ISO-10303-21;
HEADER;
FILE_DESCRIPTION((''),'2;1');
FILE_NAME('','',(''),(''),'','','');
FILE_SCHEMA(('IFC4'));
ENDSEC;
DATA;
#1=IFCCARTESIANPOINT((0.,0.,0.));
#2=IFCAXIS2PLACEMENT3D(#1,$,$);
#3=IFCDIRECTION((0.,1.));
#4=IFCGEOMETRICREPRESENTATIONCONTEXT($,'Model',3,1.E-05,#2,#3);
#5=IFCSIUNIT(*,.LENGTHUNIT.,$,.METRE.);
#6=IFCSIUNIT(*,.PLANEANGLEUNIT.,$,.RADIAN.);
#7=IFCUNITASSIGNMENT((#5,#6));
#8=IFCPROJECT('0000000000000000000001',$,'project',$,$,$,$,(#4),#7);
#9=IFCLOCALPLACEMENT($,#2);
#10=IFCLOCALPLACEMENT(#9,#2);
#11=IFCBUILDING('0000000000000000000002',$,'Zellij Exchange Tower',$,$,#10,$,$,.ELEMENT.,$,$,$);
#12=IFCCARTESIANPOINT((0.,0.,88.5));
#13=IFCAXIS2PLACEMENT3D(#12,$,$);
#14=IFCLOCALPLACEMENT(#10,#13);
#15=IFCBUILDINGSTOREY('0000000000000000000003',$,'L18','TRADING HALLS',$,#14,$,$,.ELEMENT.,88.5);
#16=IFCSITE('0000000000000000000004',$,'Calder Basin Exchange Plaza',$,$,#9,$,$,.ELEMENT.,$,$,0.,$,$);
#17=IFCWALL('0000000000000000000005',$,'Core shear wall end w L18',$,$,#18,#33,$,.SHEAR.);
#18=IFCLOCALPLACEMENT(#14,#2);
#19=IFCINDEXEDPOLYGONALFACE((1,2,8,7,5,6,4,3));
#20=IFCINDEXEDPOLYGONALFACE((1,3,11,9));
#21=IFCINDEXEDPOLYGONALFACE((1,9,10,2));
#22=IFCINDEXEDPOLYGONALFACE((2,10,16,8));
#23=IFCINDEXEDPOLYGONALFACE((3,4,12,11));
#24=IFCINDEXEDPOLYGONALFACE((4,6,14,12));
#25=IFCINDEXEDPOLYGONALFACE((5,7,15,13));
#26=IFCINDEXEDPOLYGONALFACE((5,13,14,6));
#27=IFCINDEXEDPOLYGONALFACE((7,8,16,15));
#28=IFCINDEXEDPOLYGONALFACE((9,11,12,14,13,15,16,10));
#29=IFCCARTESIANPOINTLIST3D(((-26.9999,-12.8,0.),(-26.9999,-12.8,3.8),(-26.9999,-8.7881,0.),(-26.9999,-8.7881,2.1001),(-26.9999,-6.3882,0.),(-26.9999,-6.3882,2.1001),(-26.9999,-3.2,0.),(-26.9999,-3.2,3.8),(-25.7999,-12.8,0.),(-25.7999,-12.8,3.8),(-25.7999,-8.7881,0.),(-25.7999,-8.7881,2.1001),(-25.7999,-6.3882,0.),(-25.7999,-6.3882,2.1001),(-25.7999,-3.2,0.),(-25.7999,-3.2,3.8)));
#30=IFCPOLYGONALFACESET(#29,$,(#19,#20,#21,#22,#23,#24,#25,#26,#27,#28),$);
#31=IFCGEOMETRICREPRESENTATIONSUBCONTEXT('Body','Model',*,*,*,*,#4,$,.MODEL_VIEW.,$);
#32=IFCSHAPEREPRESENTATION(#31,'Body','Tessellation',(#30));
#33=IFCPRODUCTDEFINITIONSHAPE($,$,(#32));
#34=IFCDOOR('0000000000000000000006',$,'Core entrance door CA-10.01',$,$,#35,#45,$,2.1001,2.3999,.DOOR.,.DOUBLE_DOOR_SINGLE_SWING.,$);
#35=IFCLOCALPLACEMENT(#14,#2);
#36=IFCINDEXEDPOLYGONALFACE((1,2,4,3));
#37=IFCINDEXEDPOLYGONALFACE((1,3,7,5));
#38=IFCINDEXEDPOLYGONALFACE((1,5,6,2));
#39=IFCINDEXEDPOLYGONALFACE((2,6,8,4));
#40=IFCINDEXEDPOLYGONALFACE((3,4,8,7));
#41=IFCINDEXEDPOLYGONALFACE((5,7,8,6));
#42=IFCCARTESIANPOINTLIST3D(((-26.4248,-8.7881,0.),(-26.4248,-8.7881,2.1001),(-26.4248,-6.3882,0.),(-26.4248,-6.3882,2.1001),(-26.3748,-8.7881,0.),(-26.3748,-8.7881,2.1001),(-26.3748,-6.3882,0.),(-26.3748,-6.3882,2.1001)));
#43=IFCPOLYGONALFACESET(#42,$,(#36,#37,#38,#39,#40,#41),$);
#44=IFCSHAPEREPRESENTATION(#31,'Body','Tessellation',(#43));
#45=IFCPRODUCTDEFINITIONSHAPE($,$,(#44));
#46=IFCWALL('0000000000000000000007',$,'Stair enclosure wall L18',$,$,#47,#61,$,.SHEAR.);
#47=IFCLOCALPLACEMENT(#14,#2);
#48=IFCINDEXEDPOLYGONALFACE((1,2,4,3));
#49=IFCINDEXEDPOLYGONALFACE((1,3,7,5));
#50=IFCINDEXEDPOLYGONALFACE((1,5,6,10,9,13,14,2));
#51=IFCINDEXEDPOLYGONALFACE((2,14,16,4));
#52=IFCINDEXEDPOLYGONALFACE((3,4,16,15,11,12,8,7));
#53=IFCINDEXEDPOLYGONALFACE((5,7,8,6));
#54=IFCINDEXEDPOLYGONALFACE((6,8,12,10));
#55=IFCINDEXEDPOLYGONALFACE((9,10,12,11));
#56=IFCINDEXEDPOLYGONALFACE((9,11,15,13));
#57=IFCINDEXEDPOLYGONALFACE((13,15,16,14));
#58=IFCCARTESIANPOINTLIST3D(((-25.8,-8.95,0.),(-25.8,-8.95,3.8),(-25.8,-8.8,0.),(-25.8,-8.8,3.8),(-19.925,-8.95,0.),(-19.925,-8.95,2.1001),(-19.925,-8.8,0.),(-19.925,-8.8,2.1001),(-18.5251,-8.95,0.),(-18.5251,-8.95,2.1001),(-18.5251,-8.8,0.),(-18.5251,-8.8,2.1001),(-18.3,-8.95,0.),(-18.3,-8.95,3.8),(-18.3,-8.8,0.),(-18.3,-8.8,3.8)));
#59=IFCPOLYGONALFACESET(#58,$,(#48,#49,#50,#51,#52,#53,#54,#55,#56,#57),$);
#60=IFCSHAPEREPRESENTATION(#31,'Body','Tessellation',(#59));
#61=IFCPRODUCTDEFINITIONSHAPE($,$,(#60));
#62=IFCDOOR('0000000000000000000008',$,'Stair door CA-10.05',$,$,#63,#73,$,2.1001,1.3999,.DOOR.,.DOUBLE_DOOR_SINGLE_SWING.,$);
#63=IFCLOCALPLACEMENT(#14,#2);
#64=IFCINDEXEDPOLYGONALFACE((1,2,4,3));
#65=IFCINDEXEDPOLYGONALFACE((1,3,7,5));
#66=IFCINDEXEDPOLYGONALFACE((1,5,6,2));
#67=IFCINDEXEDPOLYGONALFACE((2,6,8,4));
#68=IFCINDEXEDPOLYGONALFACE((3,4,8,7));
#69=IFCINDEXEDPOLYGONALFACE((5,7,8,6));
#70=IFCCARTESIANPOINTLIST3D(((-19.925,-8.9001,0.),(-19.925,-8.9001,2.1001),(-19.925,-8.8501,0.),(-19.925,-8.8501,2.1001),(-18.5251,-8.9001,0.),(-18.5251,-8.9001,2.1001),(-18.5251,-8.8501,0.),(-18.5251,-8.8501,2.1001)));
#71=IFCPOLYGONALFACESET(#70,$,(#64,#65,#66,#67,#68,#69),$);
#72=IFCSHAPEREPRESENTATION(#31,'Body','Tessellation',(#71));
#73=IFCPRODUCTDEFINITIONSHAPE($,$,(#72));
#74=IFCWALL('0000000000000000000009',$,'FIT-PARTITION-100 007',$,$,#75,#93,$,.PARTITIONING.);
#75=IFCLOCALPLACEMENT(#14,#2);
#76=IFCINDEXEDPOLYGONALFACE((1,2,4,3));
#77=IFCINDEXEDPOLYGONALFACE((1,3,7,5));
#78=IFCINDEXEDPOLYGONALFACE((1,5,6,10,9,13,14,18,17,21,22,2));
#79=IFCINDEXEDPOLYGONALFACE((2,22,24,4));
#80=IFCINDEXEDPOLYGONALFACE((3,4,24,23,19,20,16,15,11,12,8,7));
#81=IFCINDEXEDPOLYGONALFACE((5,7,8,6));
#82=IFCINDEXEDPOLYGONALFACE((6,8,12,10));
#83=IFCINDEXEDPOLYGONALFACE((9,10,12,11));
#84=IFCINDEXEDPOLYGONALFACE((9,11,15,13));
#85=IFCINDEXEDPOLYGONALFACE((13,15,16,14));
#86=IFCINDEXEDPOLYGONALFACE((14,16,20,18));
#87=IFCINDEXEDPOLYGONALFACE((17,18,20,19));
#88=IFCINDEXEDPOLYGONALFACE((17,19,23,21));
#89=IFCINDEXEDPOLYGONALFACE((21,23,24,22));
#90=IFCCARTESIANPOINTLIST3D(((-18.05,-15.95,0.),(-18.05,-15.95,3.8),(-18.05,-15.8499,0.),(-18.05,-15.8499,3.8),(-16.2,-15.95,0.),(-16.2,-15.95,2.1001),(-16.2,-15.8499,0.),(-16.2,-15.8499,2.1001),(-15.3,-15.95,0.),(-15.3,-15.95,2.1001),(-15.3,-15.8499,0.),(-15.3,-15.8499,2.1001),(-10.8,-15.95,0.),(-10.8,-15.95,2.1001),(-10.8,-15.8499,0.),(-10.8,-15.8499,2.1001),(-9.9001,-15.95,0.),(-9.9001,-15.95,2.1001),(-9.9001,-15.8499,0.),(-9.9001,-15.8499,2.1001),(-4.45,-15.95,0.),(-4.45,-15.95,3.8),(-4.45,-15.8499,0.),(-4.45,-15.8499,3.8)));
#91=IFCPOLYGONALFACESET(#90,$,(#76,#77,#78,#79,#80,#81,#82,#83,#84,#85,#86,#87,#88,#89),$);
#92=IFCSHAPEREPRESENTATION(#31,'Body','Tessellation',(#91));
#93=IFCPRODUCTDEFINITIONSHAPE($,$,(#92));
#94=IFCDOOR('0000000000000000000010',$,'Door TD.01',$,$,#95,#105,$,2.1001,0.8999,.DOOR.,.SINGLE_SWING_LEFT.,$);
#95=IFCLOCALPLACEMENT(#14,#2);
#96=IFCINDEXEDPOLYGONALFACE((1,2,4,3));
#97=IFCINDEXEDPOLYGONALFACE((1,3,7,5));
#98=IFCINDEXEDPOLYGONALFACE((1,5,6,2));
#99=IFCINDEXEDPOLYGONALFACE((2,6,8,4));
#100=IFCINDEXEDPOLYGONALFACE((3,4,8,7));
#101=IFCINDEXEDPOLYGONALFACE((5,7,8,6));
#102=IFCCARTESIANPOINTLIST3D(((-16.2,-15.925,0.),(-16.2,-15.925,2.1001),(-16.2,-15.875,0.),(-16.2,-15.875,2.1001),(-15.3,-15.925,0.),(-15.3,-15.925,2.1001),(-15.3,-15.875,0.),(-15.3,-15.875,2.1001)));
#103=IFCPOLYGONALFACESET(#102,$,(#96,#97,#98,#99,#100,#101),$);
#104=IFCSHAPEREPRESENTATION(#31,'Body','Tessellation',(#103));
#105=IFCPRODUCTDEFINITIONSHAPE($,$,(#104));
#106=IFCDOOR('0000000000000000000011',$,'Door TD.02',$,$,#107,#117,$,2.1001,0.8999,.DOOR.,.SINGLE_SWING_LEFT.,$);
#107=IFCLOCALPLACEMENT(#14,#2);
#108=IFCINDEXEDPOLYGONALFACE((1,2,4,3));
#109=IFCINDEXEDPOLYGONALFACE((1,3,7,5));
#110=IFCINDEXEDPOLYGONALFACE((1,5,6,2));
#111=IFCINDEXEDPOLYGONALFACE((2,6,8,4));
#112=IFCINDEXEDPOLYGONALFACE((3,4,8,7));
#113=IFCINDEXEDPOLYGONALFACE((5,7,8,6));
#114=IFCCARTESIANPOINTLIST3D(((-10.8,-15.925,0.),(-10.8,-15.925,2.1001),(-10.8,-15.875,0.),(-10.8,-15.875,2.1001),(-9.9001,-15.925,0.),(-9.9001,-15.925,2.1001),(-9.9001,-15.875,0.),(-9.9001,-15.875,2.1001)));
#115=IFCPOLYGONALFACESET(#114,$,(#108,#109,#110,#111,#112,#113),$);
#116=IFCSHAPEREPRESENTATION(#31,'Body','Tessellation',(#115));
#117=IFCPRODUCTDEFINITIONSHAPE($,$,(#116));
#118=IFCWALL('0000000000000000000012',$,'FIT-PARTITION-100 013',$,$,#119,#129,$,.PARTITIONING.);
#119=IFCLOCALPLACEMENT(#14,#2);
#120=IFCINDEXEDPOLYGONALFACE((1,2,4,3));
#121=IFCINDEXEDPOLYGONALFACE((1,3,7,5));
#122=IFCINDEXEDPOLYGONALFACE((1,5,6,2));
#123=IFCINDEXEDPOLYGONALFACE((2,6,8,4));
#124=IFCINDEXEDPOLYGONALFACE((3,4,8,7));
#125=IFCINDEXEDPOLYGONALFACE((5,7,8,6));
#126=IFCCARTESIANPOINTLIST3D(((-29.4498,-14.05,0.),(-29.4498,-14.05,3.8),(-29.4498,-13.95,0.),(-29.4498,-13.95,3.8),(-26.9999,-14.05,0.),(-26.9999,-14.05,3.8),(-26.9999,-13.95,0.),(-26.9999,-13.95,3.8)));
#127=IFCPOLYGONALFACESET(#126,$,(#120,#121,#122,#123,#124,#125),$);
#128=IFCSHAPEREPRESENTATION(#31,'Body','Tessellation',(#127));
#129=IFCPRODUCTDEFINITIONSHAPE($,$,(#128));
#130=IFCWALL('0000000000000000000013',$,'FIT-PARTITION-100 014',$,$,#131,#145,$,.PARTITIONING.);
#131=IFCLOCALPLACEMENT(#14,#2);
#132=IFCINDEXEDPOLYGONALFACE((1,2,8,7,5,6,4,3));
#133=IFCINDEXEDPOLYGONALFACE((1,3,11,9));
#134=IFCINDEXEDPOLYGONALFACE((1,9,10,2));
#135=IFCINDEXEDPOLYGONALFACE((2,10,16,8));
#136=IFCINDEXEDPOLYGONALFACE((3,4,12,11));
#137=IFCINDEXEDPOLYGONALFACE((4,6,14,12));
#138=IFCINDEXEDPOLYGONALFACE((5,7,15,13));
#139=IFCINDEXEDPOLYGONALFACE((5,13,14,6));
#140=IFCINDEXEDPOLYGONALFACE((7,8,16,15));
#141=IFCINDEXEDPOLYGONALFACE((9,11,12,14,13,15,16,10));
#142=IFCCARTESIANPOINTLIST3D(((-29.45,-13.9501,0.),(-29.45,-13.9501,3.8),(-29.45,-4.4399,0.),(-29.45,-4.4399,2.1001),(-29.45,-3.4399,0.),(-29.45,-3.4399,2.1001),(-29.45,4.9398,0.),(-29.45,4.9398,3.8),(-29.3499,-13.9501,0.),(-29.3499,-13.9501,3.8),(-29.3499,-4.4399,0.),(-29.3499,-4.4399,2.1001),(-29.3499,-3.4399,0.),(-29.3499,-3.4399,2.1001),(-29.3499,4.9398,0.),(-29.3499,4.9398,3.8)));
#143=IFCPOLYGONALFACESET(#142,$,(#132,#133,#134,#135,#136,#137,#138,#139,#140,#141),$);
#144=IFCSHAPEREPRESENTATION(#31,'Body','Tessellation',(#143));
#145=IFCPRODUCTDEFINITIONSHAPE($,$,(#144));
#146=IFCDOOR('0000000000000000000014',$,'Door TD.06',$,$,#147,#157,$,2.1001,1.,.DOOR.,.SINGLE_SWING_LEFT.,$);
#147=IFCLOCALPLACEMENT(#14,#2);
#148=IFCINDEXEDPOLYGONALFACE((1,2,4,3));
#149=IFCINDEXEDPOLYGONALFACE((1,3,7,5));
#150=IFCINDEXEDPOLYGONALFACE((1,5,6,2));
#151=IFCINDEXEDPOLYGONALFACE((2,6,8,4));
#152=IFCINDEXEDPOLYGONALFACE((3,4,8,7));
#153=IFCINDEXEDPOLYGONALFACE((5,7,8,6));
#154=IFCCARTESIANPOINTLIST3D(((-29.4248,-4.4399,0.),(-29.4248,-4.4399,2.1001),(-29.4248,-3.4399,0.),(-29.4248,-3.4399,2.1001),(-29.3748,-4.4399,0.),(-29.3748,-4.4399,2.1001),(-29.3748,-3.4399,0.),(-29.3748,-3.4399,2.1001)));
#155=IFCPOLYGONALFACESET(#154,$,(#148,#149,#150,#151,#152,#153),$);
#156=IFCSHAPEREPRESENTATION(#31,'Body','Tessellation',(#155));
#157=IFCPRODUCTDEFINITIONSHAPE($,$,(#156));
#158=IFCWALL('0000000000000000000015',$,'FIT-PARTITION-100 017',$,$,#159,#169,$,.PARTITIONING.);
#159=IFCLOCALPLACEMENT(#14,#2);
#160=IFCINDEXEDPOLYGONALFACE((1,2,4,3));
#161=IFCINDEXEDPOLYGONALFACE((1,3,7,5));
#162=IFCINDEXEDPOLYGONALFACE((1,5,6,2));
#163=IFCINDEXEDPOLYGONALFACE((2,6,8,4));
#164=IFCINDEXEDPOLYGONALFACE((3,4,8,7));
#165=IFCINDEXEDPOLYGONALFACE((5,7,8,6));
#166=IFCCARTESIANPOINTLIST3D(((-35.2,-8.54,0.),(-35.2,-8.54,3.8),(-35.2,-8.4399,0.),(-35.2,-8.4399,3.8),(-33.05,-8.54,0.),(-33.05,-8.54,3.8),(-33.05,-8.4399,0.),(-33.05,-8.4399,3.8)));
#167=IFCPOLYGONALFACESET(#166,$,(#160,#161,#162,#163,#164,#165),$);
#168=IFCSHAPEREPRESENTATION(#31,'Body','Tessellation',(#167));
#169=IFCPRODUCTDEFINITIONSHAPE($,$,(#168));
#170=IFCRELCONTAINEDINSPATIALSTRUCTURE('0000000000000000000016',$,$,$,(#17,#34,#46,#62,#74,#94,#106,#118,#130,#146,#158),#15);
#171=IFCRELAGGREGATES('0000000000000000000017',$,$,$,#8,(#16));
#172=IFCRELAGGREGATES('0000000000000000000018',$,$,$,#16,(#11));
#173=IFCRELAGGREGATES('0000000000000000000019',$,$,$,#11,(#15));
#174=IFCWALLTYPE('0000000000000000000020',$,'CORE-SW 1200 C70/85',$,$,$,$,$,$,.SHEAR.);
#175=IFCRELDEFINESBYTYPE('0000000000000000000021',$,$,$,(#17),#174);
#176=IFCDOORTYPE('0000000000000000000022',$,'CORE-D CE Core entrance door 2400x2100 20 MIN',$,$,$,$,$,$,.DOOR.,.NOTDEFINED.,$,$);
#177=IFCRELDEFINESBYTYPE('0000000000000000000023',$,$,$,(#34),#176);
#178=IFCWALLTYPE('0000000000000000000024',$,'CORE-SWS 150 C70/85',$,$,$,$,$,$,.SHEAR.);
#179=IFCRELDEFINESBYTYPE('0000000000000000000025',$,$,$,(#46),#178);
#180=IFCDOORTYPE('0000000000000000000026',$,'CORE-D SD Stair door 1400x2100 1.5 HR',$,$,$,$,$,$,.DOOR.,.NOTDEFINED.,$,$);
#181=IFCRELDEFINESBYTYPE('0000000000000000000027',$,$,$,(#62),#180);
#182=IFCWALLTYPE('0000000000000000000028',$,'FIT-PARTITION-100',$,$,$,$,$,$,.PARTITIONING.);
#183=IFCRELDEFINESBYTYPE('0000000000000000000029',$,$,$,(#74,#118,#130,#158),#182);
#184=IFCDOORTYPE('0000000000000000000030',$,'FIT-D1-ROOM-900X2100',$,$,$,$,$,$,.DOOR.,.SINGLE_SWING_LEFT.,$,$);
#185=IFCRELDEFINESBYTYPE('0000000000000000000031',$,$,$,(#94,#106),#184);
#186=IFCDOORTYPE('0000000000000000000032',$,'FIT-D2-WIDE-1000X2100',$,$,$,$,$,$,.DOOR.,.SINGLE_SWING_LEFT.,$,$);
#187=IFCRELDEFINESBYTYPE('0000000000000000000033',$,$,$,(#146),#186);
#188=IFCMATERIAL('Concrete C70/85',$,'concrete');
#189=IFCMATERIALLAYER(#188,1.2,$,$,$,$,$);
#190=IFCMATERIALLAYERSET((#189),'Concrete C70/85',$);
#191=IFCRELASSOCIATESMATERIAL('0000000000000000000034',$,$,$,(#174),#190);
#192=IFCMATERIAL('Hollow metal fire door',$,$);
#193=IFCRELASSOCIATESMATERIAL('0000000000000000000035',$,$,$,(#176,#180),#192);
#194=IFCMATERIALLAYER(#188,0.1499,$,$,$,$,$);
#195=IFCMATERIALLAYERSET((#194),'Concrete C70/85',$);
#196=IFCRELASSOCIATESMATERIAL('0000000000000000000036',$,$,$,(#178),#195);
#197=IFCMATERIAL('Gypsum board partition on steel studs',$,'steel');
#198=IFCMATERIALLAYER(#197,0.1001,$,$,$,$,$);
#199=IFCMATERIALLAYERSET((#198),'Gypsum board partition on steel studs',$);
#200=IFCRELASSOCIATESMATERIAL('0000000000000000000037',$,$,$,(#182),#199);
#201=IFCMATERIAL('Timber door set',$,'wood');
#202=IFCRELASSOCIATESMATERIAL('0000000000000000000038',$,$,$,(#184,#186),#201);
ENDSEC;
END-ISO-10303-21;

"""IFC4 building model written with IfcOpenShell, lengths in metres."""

from ifc_helpers import new_model, si_unit, direction, frame, frame_2d, origin, place, context, subcontext, project, spatial, rectangle, extrude, material, layer, layer_set, type_object, element, fill, save


model = new_model("IFC4")

# Units and contexts
model_context = context("Model", 3, precision=1e-05, world=origin(), true_north=direction((0.0, 1.0)))
body_context = subcontext(model_context, "Body", "Model", "MODEL_VIEW")
ifc_project = project(units=[si_unit("LENGTHUNIT", "METRE"), si_unit("PLANEANGLEUNIT", "RADIAN")], contexts=[model_context])

# Site, building, storey
site_placement = place(None, origin())
site = spatial("IfcSite", under=ifc_project, at=site_placement, Name="Calder Basin Exchange Plaza", CompositionType="ELEMENT", RefElevation=0.0)
building_placement = place(site_placement, origin())
building = spatial("IfcBuilding", under=site, at=building_placement, Name="Zellij Exchange Tower", CompositionType="ELEMENT")
storey_placement = place(building_placement, frame((0.0, 0.0, 88.5)))
storey = spatial("IfcBuildingStorey", under=building, at=storey_placement, Name="L18", Description="TRADING HALLS", CompositionType="ELEMENT", Elevation=88.5)

# Shared definitions
ifc_material_1 = material(Name="Concrete C70/85", Category="concrete")

# Shared definitions
ifc_layer_1 = layer(ifc_material_1, 1.2)
ifc_layer_set_1 = layer_set([ifc_layer_1], Name="Concrete C70/85")
wall_type_1 = type_object("IfcWallType", Name="CORE-SW 1200 C70/85", PredefinedType="SHEAR", material=ifc_layer_set_1)
ifc_material_2 = material(Name="Hollow metal fire door")

# Walls, openings, doors
wall_1_placement = place(storey_placement, frame((-26.3999, -12.8, 0.0), z_axis=(0.0, 0.0, 1.0), x_axis=(0.0, 1.0, 0.0)))
wall_1 = element("IfcWall", 1, at=wall_1_placement, inside=storey, type_object=wall_type_1, Name="Core shear wall end w L18", PredefinedType="SHEAR", context=body_context, shape_type="SweptSolid", body=[
    extrude(rectangle(XDim=9.6001, YDim=1.2, at=frame_2d((4.8, 0.0))), origin(), (0.0, 0.0, 1.0), 3.8),
])
opening_1_placement = place(wall_1_placement, frame((4.012, 0.0, 0.0)))
opening_1 = element("IfcOpeningElement", 2, at=opening_1_placement, cuts=wall_1, PredefinedType="OPENING", context=body_context, shape_type="SweptSolid", body=[
    extrude(rectangle(XDim=2.3999, YDim=2.1001, at=frame_2d((1.2, 1.05))), frame((0.0, 0.6118, 0.0), z_axis=(0.0, -1.0, 0.0), x_axis=(1.0, 0.0, 0.0)), (0.0, 0.0, 1.0), 1.2239),
])
door_type_1 = type_object("IfcDoorType", Name="CORE-D CE Core entrance door 2400x2100 20 MIN", OperationType="NOTDEFINED", PredefinedType="DOOR", material=ifc_material_2)
door_1_placement = place(opening_1_placement, origin())
door_1 = element("IfcDoor", 3, at=door_1_placement, inside=storey, type_object=door_type_1, Name="Core entrance door CA-10.01", OperationType="DOUBLE_DOOR_SINGLE_SWING", OverallHeight=2.1001, OverallWidth=2.3999, PredefinedType="DOOR", context=body_context, shape_type="SweptSolid", body=[
    extrude(rectangle(XDim=2.3999, YDim=2.1001, at=frame_2d((1.2, 1.05))), frame((0.0, 0.0249, 0.0), z_axis=(0.0, -1.0, 0.0), x_axis=(1.0, 0.0, 0.0)), (0.0, 0.0, 1.0), 0.05),
])
fill(opening_1, door_1)
ifc_layer_2 = layer(ifc_material_1, 0.1499)
ifc_layer_set_2 = layer_set([ifc_layer_2], Name="Concrete C70/85")
wall_type_2 = type_object("IfcWallType", Name="CORE-SWS 150 C70/85", PredefinedType="SHEAR", material=ifc_layer_set_2)
wall_2_placement = place(storey_placement, frame((-25.8, -8.875, 0.0), z_axis=(0.0, 0.0, 1.0), x_axis=(1.0, 0.0, 0.0)))
wall_2 = element("IfcWall", 4, at=wall_2_placement, inside=storey, type_object=wall_type_2, Name="Stair enclosure wall L18", PredefinedType="SHEAR", context=body_context, shape_type="SweptSolid", body=[
    extrude(rectangle(XDim=7.5, YDim=0.1499, at=frame_2d((3.75, 0.0))), origin(), (0.0, 0.0, 1.0), 3.8),
])
opening_2_placement = place(wall_2_placement, frame((5.875, 0.0, 0.0)))
opening_2 = element("IfcOpeningElement", 5, at=opening_2_placement, cuts=wall_2, PredefinedType="OPENING", context=body_context, shape_type="SweptSolid", body=[
    extrude(rectangle(XDim=1.3999, YDim=2.1001, at=frame_2d((0.7, 1.05))), frame((0.0, 0.0869, 0.0), z_axis=(0.0, -1.0, 0.0), x_axis=(1.0, 0.0, 0.0)), (0.0, 0.0, 1.0), 0.1738),
])
door_type_2 = type_object("IfcDoorType", Name="CORE-D SD Stair door 1400x2100 1.5 HR", OperationType="NOTDEFINED", PredefinedType="DOOR", material=ifc_material_2)
door_2_placement = place(opening_2_placement, origin())
door_2 = element("IfcDoor", 6, at=door_2_placement, inside=storey, type_object=door_type_2, Name="Stair door CA-10.05", OperationType="DOUBLE_DOOR_SINGLE_SWING", OverallHeight=2.1001, OverallWidth=1.3999, PredefinedType="DOOR", context=body_context, shape_type="SweptSolid", body=[
    extrude(rectangle(XDim=1.3999, YDim=2.1001, at=frame_2d((0.7, 1.05))), frame((0.0, 0.0249, 0.0), z_axis=(0.0, -1.0, 0.0), x_axis=(1.0, 0.0, 0.0)), (0.0, 0.0, 1.0), 0.05),
])
fill(opening_2, door_2)

# Wall, openings, doors
ifc_material_3 = material(Name="Gypsum board partition on steel studs", Category="steel")
ifc_layer_3 = layer(ifc_material_3, 0.1001)
ifc_layer_set_3 = layer_set([ifc_layer_3], Name="Gypsum board partition on steel studs")
wall_type_3 = type_object("IfcWallType", Name="FIT-PARTITION-100", PredefinedType="PARTITIONING", material=ifc_layer_set_3)
wall_3_placement = place(storey_placement, frame((-18.05, -15.8999, 0.0), z_axis=(0.0, 0.0, 1.0), x_axis=(1.0, 0.0, 0.0)))
wall_3 = element("IfcWall", 7, at=wall_3_placement, inside=storey, type_object=wall_type_3, Name="FIT-PARTITION-100 007", PredefinedType="PARTITIONING", context=body_context, shape_type="SweptSolid", body=[
    extrude(rectangle(XDim=13.6001, YDim=0.1001, at=frame_2d((6.8, 0.0))), origin(), (0.0, 0.0, 1.0), 3.8),
])
opening_3_placement = place(wall_3_placement, frame((1.8501, 0.0, 0.0)))
opening_3 = element("IfcOpeningElement", 8, at=opening_3_placement, cuts=wall_3, PredefinedType="OPENING", context=body_context, shape_type="SweptSolid", body=[
    extrude(rectangle(XDim=0.8999, YDim=2.1001, at=frame_2d((0.45, 1.05))), frame((0.0, 0.062, 0.0), z_axis=(0.0, -1.0, 0.0), x_axis=(1.0, 0.0, 0.0)), (0.0, 0.0, 1.0), 0.124),
])
opening_4_placement = place(wall_3_placement, frame((7.25, 0.0, 0.0)))
opening_4 = element("IfcOpeningElement", 9, at=opening_4_placement, cuts=wall_3, PredefinedType="OPENING", context=body_context, shape_type="SweptSolid", body=[
    extrude(rectangle(XDim=0.8999, YDim=2.1001, at=frame_2d((0.45, 1.05))), frame((0.0, 0.062, 0.0), z_axis=(0.0, -1.0, 0.0), x_axis=(1.0, 0.0, 0.0)), (0.0, 0.0, 1.0), 0.124),
])
ifc_material_4 = material(Name="Timber door set", Category="wood")
door_type_3 = type_object("IfcDoorType", Name="FIT-D1-ROOM-900X2100", OperationType="SINGLE_SWING_LEFT", PredefinedType="DOOR", material=ifc_material_4)
door_3_placement = place(opening_3_placement, origin())
door_3 = element("IfcDoor", 10, at=door_3_placement, inside=storey, type_object=door_type_3, Name="Door TD.01", OperationType="SINGLE_SWING_LEFT", OverallHeight=2.1001, OverallWidth=0.8999, PredefinedType="DOOR", context=body_context, shape_type="SweptSolid", body=[
    extrude(rectangle(XDim=0.8999, YDim=2.1001, at=frame_2d((0.45, 1.05))), frame((0.0, 0.0249, 0.0), z_axis=(0.0, -1.0, 0.0), x_axis=(1.0, 0.0, 0.0)), (0.0, 0.0, 1.0), 0.05),
])
fill(opening_3, door_3)
door_4_placement = place(opening_4_placement, origin())
door_4 = element("IfcDoor", 11, at=door_4_placement, inside=storey, type_object=door_type_3, Name="Door TD.02", OperationType="SINGLE_SWING_LEFT", OverallHeight=2.1001, OverallWidth=0.8999, PredefinedType="DOOR", context=body_context, shape_type="SweptSolid", body=[
    extrude(rectangle(XDim=0.8999, YDim=2.1001, at=frame_2d((0.45, 1.05))), frame((0.0, 0.0249, 0.0), z_axis=(0.0, -1.0, 0.0), x_axis=(1.0, 0.0, 0.0)), (0.0, 0.0, 1.0), 0.05),
])
fill(opening_4, door_4)

# Wall
wall_4_placement = place(storey_placement, frame((-29.45, -14.0, 0.0), z_axis=(0.0, 0.0, 1.0), x_axis=(1.0, 0.0, 0.0)))
element("IfcWall", 12, at=wall_4_placement, inside=storey, type_object=wall_type_3, Name="FIT-PARTITION-100 013", PredefinedType="PARTITIONING", context=body_context, shape_type="SweptSolid", body=[
    extrude(rectangle(XDim=2.45, YDim=0.1001, at=frame_2d((1.2251, 0.0))), origin(), (0.0, 0.0, 1.0), 3.8),
])

# Wall, opening, door
wall_5_placement = place(storey_placement, frame((-29.3999, -13.95, 0.0), z_axis=(0.0, 0.0, 1.0), x_axis=(0.0, 1.0, 0.0)))
wall_5 = element("IfcWall", 13, at=wall_5_placement, inside=storey, type_object=wall_type_3, Name="FIT-PARTITION-100 014", PredefinedType="PARTITIONING", context=body_context, shape_type="SweptSolid", body=[
    extrude(rectangle(XDim=18.8899, YDim=0.1001, at=frame_2d((9.4448, 0.0))), origin(), (0.0, 0.0, 1.0), 3.8),
])
opening_5_placement = place(wall_5_placement, frame((9.51, 0.0, 0.0)))
opening_5 = element("IfcOpeningElement", 14, at=opening_5_placement, cuts=wall_5, PredefinedType="OPENING", context=body_context, shape_type="SweptSolid", body=[
    extrude(rectangle(XDim=1.0, YDim=2.1001, at=frame_2d((0.5, 1.05))), frame((0.0, 0.062, 0.0), z_axis=(0.0, -1.0, 0.0), x_axis=(1.0, 0.0, 0.0)), (0.0, 0.0, 1.0), 0.124),
])
door_type_4 = type_object("IfcDoorType", Name="FIT-D2-WIDE-1000X2100", OperationType="SINGLE_SWING_LEFT", PredefinedType="DOOR", material=ifc_material_4)
door_5_placement = place(opening_5_placement, origin())
door_5 = element("IfcDoor", 15, at=door_5_placement, inside=storey, type_object=door_type_4, Name="Door TD.06", OperationType="SINGLE_SWING_LEFT", OverallHeight=2.1001, OverallWidth=1.0, PredefinedType="DOOR", context=body_context, shape_type="SweptSolid", body=[
    extrude(rectangle(XDim=1.0, YDim=2.1001, at=frame_2d((0.5, 1.05))), frame((0.0, 0.0249, 0.0), z_axis=(0.0, -1.0, 0.0), x_axis=(1.0, 0.0, 0.0)), (0.0, 0.0, 1.0), 0.05),
])
fill(opening_5, door_5)

# Wall
wall_6_placement = place(storey_placement, frame((-35.2, -8.49, 0.0), z_axis=(0.0, 0.0, 1.0), x_axis=(1.0, 0.0, 0.0)))
element("IfcWall", 16, at=wall_6_placement, inside=storey, type_object=wall_type_3, Name="FIT-PARTITION-100 017", PredefinedType="PARTITIONING", context=body_context, shape_type="SweptSolid", body=[
    extrude(rectangle(XDim=2.1499, YDim=0.1001, at=frame_2d((1.075, 0.0))), origin(), (0.0, 0.0, 1.0), 3.8),
])

save(model, "model.ifc")
